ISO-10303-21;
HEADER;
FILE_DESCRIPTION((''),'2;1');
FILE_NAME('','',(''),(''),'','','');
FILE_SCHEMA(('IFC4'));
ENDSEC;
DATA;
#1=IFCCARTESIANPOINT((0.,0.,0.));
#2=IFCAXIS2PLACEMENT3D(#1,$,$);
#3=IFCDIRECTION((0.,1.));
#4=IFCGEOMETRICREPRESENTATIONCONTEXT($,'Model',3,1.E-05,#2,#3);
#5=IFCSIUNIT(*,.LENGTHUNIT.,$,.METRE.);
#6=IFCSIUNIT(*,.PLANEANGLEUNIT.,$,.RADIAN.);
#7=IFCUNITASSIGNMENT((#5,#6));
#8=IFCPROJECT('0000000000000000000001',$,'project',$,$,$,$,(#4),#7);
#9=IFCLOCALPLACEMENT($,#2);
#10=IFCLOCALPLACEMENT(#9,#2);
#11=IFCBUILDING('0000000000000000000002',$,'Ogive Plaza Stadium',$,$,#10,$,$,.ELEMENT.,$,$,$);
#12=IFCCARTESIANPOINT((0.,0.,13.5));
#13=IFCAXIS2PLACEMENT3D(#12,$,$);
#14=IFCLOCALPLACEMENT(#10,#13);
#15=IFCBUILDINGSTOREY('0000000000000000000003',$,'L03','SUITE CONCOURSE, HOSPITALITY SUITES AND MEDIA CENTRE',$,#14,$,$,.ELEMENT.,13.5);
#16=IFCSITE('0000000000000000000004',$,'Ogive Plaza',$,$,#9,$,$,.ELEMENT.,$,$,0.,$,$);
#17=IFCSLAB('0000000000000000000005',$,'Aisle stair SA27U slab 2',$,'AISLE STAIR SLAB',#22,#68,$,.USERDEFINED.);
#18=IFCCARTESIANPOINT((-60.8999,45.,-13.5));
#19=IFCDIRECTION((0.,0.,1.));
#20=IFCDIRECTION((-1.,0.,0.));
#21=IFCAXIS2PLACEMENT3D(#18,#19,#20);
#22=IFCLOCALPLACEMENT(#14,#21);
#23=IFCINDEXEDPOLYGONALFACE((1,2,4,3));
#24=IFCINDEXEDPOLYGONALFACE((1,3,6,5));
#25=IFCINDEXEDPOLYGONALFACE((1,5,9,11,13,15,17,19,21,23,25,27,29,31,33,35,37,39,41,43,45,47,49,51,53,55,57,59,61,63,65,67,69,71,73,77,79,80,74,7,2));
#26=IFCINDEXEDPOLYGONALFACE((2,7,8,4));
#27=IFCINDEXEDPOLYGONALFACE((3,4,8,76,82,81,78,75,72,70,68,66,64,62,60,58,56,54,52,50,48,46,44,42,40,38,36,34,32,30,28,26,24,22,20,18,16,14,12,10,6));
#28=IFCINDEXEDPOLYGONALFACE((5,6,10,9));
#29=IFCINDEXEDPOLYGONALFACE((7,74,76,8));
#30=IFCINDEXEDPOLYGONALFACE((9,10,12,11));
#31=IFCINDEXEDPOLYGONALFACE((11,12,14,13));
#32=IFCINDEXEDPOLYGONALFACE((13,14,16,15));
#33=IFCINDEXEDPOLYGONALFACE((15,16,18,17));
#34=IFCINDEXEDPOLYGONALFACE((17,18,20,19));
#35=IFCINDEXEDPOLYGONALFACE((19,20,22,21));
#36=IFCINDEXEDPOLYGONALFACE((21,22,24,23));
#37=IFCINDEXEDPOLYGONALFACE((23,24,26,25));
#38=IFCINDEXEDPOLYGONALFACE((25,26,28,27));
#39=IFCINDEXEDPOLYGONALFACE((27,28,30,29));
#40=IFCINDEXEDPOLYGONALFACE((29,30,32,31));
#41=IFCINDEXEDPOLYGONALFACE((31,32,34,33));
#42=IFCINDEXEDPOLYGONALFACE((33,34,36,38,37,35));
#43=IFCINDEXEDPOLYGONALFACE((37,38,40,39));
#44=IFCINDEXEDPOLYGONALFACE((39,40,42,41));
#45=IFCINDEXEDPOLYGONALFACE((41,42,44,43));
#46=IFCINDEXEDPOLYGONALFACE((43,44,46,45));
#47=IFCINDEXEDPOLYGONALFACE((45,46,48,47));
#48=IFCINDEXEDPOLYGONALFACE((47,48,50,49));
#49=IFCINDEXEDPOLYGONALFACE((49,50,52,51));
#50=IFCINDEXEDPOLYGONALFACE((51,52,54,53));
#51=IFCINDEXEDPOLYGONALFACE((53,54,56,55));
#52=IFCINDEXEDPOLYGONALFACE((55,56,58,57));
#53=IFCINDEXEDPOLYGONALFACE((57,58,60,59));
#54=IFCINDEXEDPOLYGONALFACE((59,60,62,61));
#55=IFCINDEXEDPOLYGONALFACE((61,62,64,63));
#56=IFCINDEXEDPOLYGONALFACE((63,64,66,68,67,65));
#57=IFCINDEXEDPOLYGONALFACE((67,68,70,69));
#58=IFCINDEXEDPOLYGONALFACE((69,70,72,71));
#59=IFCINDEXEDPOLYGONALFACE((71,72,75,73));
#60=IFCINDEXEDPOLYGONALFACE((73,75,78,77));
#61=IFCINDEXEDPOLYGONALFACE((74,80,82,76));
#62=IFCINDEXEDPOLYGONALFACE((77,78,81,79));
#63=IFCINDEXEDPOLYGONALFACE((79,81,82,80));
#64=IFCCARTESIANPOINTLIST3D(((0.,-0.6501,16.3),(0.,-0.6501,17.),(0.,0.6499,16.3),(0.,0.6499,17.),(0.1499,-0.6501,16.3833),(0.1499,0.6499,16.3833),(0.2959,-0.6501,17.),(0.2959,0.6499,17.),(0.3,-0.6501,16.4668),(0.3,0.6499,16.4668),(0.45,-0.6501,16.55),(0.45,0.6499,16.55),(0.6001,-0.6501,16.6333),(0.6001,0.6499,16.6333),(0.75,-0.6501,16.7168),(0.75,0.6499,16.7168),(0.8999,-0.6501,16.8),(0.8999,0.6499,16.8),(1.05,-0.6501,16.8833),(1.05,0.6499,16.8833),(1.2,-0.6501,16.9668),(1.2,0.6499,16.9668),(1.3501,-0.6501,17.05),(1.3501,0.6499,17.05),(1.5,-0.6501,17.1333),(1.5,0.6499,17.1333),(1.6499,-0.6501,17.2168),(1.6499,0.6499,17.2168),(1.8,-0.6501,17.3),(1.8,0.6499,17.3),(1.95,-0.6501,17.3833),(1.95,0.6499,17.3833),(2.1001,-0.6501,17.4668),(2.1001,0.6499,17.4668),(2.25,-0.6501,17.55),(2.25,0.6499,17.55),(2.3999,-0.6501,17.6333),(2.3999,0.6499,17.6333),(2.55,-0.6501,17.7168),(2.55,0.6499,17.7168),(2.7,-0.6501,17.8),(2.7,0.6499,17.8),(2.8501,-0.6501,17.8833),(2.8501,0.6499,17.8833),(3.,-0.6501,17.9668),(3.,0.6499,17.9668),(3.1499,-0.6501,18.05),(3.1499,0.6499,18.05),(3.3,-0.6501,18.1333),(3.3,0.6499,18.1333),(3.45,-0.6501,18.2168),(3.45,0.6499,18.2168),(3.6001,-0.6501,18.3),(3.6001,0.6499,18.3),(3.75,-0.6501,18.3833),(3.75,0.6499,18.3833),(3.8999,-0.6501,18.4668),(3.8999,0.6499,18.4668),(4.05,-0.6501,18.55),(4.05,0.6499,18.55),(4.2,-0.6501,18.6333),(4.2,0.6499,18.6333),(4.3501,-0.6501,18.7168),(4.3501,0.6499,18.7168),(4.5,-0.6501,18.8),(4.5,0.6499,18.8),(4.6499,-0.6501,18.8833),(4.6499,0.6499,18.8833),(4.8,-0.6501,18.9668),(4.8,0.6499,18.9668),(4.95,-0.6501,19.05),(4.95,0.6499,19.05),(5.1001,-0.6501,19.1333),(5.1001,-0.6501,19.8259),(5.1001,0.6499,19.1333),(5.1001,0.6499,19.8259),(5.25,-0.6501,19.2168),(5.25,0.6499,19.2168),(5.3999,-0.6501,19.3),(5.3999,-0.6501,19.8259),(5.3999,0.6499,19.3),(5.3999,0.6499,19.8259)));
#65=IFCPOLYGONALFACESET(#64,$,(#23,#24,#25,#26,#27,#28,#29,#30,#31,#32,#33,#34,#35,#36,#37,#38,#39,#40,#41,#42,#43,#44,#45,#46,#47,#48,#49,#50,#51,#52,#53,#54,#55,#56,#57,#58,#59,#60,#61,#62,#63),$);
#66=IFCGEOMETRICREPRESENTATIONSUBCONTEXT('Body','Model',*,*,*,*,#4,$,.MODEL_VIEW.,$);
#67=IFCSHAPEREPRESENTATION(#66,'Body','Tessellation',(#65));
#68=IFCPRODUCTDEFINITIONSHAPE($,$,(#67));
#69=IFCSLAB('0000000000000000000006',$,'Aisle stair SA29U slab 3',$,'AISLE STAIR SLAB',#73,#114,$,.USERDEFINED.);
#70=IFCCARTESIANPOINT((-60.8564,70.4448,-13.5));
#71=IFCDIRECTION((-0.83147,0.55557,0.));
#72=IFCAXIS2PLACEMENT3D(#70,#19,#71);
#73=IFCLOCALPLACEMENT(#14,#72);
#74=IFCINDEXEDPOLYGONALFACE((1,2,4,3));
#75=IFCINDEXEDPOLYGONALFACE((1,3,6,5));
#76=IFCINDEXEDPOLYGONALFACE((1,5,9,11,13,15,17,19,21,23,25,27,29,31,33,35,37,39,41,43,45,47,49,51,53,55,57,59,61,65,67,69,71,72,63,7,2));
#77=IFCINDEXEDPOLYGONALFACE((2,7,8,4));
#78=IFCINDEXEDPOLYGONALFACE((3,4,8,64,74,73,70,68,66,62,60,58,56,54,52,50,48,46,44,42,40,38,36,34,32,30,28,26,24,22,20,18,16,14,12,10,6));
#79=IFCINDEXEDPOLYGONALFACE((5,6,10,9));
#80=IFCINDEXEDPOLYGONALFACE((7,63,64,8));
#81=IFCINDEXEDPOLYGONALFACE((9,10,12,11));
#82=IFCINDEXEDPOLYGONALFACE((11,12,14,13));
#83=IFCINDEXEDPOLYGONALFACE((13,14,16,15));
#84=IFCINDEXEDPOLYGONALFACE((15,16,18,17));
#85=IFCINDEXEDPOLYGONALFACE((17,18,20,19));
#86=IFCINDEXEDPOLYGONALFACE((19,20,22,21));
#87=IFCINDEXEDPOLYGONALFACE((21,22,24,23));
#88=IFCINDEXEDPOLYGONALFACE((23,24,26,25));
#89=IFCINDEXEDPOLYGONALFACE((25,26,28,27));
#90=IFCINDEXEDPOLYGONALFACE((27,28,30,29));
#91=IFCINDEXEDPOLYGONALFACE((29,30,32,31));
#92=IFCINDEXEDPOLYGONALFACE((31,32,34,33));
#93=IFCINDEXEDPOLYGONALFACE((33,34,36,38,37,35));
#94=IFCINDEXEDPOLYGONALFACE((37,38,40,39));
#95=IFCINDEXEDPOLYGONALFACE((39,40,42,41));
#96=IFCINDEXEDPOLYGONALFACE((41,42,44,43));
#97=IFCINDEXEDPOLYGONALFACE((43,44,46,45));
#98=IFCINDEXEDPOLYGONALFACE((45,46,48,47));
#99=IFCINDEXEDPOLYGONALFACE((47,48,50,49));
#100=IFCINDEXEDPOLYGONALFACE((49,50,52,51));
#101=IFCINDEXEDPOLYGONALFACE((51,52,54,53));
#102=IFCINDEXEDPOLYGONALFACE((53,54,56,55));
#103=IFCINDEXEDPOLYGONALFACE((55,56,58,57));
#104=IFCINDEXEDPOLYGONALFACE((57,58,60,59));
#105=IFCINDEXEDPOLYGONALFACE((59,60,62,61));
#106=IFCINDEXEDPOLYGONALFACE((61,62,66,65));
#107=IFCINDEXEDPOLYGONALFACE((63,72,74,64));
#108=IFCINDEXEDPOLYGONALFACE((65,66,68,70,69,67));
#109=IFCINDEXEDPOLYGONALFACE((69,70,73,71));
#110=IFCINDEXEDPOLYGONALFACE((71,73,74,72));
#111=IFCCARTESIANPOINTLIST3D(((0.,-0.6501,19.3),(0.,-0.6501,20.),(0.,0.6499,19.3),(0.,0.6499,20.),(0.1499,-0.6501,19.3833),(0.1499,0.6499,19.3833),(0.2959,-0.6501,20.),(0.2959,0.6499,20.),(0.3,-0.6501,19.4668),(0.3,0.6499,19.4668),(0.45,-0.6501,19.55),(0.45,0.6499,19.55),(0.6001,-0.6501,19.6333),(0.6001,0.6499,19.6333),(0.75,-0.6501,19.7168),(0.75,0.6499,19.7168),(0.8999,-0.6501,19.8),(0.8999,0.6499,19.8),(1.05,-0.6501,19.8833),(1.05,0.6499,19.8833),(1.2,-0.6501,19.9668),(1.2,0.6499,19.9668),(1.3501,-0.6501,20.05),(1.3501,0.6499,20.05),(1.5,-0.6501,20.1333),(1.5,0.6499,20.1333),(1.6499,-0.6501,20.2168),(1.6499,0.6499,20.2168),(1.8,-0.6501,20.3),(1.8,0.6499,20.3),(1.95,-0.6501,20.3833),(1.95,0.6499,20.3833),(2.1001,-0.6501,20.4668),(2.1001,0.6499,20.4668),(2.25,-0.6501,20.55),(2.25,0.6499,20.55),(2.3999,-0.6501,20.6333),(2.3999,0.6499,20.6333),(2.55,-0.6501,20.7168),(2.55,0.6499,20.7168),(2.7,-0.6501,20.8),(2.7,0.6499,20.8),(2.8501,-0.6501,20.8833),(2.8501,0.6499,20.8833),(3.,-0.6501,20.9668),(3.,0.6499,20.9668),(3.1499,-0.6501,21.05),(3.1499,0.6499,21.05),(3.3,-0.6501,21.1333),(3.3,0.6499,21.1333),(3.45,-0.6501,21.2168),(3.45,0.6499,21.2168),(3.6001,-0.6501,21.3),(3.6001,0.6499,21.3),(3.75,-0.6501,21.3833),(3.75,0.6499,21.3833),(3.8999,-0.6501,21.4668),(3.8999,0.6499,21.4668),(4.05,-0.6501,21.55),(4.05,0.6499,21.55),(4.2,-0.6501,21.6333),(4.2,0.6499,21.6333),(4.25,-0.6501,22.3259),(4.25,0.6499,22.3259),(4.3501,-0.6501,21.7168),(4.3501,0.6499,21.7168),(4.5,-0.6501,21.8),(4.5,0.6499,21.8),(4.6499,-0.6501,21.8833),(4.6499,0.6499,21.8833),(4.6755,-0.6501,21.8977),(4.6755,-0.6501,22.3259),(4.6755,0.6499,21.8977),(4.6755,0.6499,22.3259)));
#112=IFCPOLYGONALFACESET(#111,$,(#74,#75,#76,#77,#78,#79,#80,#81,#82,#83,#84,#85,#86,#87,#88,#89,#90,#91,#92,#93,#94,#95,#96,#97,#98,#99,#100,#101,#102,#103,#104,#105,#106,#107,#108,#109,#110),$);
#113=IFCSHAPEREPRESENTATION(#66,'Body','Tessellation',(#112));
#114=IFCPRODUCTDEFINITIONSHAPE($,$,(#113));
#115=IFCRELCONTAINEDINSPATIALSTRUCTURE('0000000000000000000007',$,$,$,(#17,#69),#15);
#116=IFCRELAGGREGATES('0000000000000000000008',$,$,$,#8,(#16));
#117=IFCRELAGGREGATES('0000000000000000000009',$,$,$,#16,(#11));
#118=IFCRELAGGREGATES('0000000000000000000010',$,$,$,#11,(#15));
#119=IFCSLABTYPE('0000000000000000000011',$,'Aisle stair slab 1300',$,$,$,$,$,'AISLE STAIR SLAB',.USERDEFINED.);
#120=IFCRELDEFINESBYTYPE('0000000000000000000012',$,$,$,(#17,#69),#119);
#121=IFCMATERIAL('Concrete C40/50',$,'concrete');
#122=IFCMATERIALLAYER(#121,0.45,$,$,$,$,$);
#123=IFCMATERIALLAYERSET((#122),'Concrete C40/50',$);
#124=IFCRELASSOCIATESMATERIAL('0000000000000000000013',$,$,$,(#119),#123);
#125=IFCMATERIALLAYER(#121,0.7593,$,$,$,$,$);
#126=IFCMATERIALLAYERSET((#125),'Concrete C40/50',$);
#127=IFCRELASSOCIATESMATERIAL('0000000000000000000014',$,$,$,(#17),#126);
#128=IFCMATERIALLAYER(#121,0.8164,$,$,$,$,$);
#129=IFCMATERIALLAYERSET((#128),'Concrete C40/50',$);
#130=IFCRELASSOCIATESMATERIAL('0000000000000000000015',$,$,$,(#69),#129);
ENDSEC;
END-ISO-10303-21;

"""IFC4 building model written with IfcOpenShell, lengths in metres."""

from ifc_helpers import new_model, si_unit, direction, frame, origin, place, context, subcontext, project, spatial, polyline, outline, extrude, material, layer, layer_set, type_object, element, save


model = new_model("IFC4")

# Units and contexts
model_context = context("Model", 3, precision=1e-05, world=origin(), true_north=direction((0.0, 1.0)))
body_context = subcontext(model_context, "Body", "Model", "MODEL_VIEW")
ifc_project = project(units=[si_unit("LENGTHUNIT", "METRE"), si_unit("PLANEANGLEUNIT", "RADIAN")], contexts=[model_context])

# Site, building, storey
site_placement = place(None, origin())
site = spatial("IfcSite", under=ifc_project, at=site_placement, Name="Ogive Plaza", CompositionType="ELEMENT", RefElevation=0.0)
building_placement = place(site_placement, origin())
building = spatial("IfcBuilding", under=site, at=building_placement, Name="Ogive Plaza Stadium", CompositionType="ELEMENT")
storey_placement = place(building_placement, frame((0.0, 0.0, 13.5)))
storey = spatial("IfcBuildingStorey", under=building, at=storey_placement, Name="L03", Description="SUITE CONCOURSE, HOSPITALITY SUITES AND MEDIA CENTRE", CompositionType="ELEMENT", Elevation=13.5)

# Slabs
ifc_material_1 = material(Name="Concrete C40/50", Category="concrete")
ifc_layer_1 = layer(ifc_material_1, 0.7593)
ifc_layer_set_1 = layer_set([ifc_layer_1], Name="Concrete C40/50")
ifc_layer_2 = layer(ifc_material_1, 0.45)
ifc_layer_set_2 = layer_set([ifc_layer_2], Name="Concrete C40/50")
slab_type = type_object("IfcSlabType", Name="Aisle stair slab 1300", ElementType="AISLE STAIR SLAB", PredefinedType="USERDEFINED", material=ifc_layer_set_2)
slab_1_placement = place(storey_placement, frame((-60.8999, 45.0, -13.5), z_axis=(0.0, 0.0, 1.0), x_axis=(-1.0, 0.0, 0.0)))
element("IfcSlab", 1, at=slab_1_placement, inside=storey, type_object=slab_type, material=ifc_layer_set_1, Name="Aisle stair SA27U slab 2", ObjectType="AISLE STAIR SLAB", PredefinedType="USERDEFINED", context=body_context, shape_type="SweptSolid", body=[
    extrude(outline(polyline([(0.0, 17.0), (0.2959, 17.0), (5.1001, 19.8259), (5.3999, 19.8259), (5.3999, 19.3), (5.25, 19.2168), (5.1001, 19.1333), (4.95, 19.05), (4.8, 18.9668), (4.6499, 18.8833), (4.5, 18.8), (4.3501, 18.7168), (4.2, 18.6333), (4.05, 18.55), (3.8999, 18.4668), (3.75, 18.3833), (3.6001, 18.3), (3.45, 18.2168), (3.3, 18.1333), (3.1499, 18.05), (3.0, 17.9668), (2.8501, 17.8833), (2.7, 17.8), (2.55, 17.7168), (2.3999, 17.6333), (2.25, 17.55), (2.1001, 17.4668), (1.95, 17.3833), (1.8, 17.3), (1.6499, 17.2168), (1.5, 17.1333), (1.3501, 17.05), (1.2, 16.9668), (1.05, 16.8833), (0.8999, 16.8), (0.75, 16.7168), (0.6001, 16.6333), (0.45, 16.55), (0.3, 16.4668), (0.1499, 16.3833), (0.0, 16.3), (0.0, 17.0)])), frame((0.0, 0.6499, 0.0), z_axis=(0.0, -1.0, 0.0), x_axis=(1.0, 0.0, 0.0)), (0.0, 0.0, 1.0), 1.3),
])
ifc_layer_3 = layer(ifc_material_1, 0.8164)
ifc_layer_set_3 = layer_set([ifc_layer_3], Name="Concrete C40/50")
slab_2_placement = place(storey_placement, frame((-60.8564, 70.4448, -13.5), z_axis=(0.0, 0.0, 1.0), x_axis=(-0.83147, 0.55557, 0.0)))
element("IfcSlab", 2, at=slab_2_placement, inside=storey, type_object=slab_type, material=ifc_layer_set_3, Name="Aisle stair SA29U slab 3", ObjectType="AISLE STAIR SLAB", PredefinedType="USERDEFINED", context=body_context, shape_type="SweptSolid", body=[
    extrude(outline(polyline([(0.0, 20.0), (0.2959, 20.0), (4.25, 22.3259), (4.6755, 22.3259), (4.6755, 21.8977), (4.6499, 21.8833), (4.5, 21.8), (4.3501, 21.7168), (4.2, 21.6333), (4.05, 21.55), (3.8999, 21.4668), (3.75, 21.3833), (3.6001, 21.3), (3.45, 21.2168), (3.3, 21.1333), (3.1499, 21.05), (3.0, 20.9668), (2.8501, 20.8833), (2.7, 20.8), (2.55, 20.7168), (2.3999, 20.6333), (2.25, 20.55), (2.1001, 20.4668), (1.95, 20.3833), (1.8, 20.3), (1.6499, 20.2168), (1.5, 20.1333), (1.3501, 20.05), (1.2, 19.9668), (1.05, 19.8833), (0.8999, 19.8), (0.75, 19.7168), (0.6001, 19.6333), (0.45, 19.55), (0.3, 19.4668), (0.1499, 19.3833), (0.0, 19.3), (0.0, 20.0)])), frame((0.0, 0.6499, 0.0), z_axis=(0.0, -1.0, 0.0), x_axis=(1.0, 0.0, 0.0)), (0.0, 0.0, 1.0), 1.3),
])

save(model, "model.ifc")
